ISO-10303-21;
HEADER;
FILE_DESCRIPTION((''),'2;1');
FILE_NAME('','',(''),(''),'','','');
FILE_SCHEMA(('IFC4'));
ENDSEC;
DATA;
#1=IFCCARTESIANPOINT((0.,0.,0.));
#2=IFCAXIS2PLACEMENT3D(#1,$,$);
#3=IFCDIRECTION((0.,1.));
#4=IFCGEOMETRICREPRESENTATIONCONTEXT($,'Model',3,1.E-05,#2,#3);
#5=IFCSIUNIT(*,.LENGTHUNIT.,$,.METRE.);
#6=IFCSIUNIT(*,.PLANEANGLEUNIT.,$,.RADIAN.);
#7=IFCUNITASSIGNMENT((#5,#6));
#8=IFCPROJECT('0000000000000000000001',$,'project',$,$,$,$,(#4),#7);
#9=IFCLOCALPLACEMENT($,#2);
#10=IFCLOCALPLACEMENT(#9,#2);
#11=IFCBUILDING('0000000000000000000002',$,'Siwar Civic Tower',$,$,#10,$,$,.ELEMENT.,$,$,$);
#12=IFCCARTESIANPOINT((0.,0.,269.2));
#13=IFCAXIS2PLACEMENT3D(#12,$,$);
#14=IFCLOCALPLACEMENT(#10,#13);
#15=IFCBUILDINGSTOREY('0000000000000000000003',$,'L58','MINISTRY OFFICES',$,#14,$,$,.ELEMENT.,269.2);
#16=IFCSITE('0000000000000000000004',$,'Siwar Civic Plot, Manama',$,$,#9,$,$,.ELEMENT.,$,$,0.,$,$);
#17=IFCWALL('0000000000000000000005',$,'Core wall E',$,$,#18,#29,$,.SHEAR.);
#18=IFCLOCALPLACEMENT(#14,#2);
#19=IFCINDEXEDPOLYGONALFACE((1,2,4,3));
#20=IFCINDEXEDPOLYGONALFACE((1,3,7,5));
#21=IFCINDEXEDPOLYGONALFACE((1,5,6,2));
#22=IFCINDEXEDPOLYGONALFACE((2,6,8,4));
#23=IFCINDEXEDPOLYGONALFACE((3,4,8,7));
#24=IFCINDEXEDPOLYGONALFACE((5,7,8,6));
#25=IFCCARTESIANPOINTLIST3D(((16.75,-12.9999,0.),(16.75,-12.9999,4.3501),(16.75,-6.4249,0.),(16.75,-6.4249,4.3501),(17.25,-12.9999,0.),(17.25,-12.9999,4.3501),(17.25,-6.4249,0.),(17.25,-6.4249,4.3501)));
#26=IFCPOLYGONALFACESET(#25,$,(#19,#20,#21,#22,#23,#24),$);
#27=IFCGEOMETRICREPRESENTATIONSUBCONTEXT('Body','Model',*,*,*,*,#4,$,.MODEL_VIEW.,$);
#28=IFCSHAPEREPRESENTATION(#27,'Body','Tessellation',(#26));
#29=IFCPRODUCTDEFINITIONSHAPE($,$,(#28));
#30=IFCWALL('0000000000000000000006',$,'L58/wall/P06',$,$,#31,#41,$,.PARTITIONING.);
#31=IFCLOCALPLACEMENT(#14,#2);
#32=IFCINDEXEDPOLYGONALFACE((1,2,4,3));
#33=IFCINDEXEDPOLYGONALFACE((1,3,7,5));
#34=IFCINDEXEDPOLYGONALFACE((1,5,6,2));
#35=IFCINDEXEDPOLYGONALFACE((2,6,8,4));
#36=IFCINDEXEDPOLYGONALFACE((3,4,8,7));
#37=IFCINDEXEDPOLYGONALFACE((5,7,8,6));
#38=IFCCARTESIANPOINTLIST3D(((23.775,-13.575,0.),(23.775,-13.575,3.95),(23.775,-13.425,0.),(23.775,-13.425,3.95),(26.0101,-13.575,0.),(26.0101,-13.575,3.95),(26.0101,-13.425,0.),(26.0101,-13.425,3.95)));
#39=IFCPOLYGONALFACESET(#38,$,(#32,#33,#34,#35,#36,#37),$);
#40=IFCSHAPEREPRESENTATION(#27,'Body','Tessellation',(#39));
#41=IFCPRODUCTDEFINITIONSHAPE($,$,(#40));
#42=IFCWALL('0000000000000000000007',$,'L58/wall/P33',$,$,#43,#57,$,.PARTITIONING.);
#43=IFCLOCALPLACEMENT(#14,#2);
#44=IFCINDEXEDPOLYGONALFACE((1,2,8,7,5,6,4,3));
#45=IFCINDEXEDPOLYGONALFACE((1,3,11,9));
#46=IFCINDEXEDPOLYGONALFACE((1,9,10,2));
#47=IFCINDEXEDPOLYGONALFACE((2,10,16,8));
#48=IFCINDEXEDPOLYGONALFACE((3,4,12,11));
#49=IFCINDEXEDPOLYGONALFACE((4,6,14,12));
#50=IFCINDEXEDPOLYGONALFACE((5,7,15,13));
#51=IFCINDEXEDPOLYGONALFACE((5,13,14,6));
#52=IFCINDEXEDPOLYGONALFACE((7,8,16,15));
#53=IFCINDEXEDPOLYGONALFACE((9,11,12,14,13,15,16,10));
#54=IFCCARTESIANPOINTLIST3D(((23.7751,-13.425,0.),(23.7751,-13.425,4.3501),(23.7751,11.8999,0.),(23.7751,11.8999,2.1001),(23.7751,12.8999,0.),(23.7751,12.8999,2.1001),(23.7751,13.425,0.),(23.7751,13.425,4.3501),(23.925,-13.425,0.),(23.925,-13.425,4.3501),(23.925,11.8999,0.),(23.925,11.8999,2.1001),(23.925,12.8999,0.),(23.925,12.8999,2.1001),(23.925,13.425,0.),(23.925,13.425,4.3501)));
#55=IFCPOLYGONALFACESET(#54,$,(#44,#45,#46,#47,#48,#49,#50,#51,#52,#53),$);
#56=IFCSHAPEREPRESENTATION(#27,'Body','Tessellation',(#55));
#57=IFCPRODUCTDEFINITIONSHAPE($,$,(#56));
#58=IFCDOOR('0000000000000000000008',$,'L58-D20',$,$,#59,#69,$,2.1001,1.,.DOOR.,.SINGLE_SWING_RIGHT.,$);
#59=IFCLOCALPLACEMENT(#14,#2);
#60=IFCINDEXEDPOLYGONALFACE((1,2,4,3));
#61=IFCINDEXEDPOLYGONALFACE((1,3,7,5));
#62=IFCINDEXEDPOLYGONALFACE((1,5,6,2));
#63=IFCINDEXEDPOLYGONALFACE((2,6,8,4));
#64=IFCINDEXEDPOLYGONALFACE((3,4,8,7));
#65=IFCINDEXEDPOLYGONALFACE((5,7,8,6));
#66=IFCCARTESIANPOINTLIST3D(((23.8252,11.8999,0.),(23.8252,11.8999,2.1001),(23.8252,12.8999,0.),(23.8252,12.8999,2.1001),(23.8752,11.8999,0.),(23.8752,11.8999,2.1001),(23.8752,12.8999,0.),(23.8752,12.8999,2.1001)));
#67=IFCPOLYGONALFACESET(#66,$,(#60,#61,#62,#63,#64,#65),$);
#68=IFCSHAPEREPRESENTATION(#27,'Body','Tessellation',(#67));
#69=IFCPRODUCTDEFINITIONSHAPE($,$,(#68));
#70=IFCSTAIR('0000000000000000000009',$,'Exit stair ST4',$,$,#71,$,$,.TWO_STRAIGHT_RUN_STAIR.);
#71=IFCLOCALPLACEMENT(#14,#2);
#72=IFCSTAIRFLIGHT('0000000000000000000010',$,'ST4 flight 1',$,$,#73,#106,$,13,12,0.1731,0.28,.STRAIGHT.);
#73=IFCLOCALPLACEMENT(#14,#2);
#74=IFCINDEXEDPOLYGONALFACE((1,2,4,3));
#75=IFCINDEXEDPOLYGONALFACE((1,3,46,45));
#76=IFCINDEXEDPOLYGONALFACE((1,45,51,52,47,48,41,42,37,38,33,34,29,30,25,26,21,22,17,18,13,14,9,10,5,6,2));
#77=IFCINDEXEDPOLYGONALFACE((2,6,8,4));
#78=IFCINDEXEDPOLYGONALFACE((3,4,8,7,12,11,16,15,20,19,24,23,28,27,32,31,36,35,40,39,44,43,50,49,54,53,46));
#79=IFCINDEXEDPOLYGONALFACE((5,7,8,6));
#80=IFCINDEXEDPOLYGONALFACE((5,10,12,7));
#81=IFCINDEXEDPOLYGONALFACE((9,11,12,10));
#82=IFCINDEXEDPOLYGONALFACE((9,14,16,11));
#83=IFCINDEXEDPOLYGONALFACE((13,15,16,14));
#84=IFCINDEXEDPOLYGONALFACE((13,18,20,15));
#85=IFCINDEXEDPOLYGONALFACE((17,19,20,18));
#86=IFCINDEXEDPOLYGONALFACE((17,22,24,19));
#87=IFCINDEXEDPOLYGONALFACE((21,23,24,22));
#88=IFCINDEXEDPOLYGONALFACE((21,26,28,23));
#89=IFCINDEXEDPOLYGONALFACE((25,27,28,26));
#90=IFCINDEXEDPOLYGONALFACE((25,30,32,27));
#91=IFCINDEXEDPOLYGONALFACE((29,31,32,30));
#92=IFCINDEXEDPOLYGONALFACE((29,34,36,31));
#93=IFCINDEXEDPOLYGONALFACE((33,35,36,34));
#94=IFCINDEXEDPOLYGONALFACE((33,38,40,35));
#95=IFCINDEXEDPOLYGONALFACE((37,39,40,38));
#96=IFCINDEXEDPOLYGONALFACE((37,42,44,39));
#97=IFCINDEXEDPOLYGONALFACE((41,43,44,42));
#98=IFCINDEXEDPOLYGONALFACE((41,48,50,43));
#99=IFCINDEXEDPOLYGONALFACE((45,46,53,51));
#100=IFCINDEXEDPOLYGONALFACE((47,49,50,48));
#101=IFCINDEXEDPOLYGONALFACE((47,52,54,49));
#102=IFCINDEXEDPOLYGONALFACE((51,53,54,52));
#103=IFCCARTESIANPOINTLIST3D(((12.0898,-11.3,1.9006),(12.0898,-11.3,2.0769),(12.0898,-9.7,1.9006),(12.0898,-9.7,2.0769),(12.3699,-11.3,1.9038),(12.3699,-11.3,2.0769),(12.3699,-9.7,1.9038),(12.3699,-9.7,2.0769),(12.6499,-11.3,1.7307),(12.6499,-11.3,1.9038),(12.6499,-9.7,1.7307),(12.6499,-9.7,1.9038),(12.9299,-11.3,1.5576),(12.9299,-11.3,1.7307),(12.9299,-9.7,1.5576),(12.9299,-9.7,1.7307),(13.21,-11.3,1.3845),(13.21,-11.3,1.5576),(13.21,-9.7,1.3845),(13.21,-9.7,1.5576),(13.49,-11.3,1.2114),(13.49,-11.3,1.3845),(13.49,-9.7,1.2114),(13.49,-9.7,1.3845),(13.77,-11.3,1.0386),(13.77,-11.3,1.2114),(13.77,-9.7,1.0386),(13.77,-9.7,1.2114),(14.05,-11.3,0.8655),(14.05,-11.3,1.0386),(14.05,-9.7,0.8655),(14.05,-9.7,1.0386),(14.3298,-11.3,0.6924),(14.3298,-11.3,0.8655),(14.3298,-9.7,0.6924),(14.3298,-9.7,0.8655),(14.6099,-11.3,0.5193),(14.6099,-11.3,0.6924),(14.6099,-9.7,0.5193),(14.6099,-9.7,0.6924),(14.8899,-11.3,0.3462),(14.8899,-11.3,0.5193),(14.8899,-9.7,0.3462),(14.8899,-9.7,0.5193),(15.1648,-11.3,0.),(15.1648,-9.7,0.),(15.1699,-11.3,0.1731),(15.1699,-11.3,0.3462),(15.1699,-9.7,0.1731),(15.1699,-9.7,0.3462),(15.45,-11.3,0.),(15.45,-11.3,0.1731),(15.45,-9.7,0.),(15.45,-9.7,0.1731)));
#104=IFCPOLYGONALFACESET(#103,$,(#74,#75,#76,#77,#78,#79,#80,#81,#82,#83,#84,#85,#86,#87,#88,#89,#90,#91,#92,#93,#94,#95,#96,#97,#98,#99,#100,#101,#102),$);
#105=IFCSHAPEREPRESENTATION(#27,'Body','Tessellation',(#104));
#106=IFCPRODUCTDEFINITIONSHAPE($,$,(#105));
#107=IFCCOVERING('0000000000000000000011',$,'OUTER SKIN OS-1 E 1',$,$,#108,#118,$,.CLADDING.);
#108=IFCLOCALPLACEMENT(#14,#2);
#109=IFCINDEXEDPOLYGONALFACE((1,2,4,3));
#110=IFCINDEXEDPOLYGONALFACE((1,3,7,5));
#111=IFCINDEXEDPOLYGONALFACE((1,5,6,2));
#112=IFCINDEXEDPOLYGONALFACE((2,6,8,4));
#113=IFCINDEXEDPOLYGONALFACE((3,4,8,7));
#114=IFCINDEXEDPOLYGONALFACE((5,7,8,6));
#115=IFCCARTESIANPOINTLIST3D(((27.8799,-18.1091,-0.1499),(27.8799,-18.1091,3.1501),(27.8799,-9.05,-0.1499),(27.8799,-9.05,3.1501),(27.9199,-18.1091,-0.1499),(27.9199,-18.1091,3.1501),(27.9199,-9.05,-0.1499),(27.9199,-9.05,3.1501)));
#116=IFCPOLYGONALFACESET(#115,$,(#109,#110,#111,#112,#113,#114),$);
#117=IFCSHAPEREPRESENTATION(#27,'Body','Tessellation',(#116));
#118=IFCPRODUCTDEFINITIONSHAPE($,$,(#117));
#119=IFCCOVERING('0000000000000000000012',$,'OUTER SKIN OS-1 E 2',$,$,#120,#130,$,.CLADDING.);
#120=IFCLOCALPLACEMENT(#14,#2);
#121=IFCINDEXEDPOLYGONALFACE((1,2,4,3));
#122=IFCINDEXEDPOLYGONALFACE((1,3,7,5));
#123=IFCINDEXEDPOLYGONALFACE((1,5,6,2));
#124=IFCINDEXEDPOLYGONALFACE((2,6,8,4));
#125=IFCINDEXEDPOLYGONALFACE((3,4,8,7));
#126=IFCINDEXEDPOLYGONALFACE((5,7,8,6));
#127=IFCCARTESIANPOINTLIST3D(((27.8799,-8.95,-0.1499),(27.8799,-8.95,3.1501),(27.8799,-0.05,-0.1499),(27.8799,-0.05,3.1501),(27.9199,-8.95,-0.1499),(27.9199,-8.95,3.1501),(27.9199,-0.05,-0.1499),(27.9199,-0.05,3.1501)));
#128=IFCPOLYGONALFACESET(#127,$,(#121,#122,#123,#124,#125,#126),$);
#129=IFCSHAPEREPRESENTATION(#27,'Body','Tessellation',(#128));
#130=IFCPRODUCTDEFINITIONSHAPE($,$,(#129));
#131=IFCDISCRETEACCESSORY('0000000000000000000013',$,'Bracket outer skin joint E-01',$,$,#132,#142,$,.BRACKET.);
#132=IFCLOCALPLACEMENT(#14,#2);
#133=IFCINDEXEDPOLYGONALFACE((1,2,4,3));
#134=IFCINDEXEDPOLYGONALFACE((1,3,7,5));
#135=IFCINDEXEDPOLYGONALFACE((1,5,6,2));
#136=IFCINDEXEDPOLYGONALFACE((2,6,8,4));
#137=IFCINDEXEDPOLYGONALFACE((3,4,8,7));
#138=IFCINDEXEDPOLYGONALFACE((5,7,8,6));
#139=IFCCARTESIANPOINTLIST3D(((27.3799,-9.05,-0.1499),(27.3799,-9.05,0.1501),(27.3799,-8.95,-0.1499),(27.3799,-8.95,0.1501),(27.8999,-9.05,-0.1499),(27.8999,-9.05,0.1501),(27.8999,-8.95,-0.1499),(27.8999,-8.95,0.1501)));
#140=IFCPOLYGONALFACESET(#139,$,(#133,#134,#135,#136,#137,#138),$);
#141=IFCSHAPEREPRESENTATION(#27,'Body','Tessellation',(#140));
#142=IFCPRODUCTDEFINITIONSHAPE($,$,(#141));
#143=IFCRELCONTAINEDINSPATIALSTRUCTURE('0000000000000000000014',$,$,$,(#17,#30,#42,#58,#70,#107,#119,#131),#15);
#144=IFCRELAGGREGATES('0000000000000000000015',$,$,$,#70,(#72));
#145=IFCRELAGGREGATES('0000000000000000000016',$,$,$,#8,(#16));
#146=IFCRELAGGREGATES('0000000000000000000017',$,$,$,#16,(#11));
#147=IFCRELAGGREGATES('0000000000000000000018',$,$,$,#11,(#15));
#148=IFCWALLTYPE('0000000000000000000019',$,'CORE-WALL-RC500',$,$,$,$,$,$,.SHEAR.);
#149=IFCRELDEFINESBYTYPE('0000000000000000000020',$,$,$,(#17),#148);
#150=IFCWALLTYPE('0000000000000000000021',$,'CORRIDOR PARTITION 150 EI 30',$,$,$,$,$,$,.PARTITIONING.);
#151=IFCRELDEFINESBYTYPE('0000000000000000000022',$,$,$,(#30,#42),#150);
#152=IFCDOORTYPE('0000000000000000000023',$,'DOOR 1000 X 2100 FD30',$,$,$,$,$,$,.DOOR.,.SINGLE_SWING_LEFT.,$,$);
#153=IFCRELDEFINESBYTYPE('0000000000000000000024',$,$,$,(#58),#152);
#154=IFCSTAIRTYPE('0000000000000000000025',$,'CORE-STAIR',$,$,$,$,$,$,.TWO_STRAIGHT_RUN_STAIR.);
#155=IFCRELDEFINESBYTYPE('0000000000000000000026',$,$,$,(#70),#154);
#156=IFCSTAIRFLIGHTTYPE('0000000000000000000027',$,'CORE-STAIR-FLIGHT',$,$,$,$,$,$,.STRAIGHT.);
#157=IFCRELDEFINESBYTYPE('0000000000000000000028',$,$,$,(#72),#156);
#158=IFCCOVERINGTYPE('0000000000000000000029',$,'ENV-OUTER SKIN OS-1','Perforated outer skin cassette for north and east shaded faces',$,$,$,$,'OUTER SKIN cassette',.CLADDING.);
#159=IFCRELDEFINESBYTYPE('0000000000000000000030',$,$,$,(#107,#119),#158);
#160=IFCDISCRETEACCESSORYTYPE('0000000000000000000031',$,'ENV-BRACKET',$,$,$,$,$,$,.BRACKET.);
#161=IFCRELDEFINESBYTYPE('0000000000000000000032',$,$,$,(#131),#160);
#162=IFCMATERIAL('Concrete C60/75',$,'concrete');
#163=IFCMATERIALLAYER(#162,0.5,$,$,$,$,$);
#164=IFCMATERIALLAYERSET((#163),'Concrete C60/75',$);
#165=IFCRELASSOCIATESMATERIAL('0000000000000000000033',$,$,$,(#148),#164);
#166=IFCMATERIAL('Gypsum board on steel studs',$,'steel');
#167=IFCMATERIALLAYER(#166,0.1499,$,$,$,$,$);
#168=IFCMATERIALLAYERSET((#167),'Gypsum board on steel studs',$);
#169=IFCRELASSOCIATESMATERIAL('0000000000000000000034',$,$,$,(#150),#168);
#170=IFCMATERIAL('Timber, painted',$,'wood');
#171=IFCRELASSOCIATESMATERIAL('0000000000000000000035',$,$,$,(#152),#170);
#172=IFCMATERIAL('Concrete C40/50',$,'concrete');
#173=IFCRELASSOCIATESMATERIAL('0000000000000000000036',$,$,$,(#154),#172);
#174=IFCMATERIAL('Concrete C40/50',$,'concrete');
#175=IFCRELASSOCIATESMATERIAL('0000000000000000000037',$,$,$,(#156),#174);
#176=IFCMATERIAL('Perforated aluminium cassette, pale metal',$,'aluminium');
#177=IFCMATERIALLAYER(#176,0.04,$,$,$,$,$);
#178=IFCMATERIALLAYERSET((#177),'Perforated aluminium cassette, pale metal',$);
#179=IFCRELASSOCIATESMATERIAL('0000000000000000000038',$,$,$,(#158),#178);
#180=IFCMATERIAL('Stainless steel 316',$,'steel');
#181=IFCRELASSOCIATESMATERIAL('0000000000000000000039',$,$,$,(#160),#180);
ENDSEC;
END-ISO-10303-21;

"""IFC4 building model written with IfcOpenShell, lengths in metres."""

from ifc_helpers import new_model, si_unit, direction, frame, frame_2d, origin, origin_2d, place, context, subcontext, project, spatial, polyline, rectangle, outline, extrude, material, layer, layer_set, type_object, element, fill, aggregate, save


model = new_model("IFC4")

# Units and contexts
model_context = context("Model", 3, precision=1e-05, world=origin(), true_north=direction((0.0, 1.0)))
body_context = subcontext(model_context, "Body", "Model", "MODEL_VIEW")
ifc_project = project(units=[si_unit("LENGTHUNIT", "METRE"), si_unit("PLANEANGLEUNIT", "RADIAN")], contexts=[model_context])

# Site, building, storey
site_placement = place(None, origin())
site = spatial("IfcSite", under=ifc_project, at=site_placement, Name="Siwar Civic Plot, Manama", CompositionType="ELEMENT", RefElevation=0.0)
building_placement = place(site_placement, origin())
building = spatial("IfcBuilding", under=site, at=building_placement, Name="Siwar Civic Tower", CompositionType="ELEMENT")
storey_placement = place(building_placement, frame((0.0, 0.0, 269.2)))
storey = spatial("IfcBuildingStorey", under=building, at=storey_placement, Name="L58", Description="MINISTRY OFFICES", CompositionType="ELEMENT", Elevation=269.2)

# Shared definitions
ifc_material_1 = material(Name="Concrete C60/75", Category="concrete")
ifc_layer_1 = layer(ifc_material_1, 0.5)
ifc_layer_set_1 = layer_set([ifc_layer_1], Name="Concrete C60/75")
wall_type_1 = type_object("IfcWallType", Name="CORE-WALL-RC500", PredefinedType="SHEAR", material=ifc_layer_set_1)

# Walls
wall_1_placement = place(storey_placement, frame((17.0, -13.0, 0.0), z_axis=(0.0, 0.0, 1.0), x_axis=(0.0, 1.0, 0.0)))
element("IfcWall", 1, at=wall_1_placement, inside=storey, type_object=wall_type_1, Name="Core wall E", PredefinedType="SHEAR", context=body_context, shape_type="SweptSolid", body=[
    extrude(rectangle(XDim=6.575, YDim=0.5, at=frame_2d((3.2876, 0.0))), origin(), (0.0, 0.0, 1.0), 4.3501),
])
ifc_material_2 = material(Name="Gypsum board on steel studs", Category="steel")
ifc_layer_2 = layer(ifc_material_2, 0.1499)
ifc_layer_set_2 = layer_set([ifc_layer_2], Name="Gypsum board on steel studs")
wall_type_2 = type_object("IfcWallType", Name="CORRIDOR PARTITION 150 EI 30", PredefinedType="PARTITIONING", material=ifc_layer_set_2)
wall_2_placement = place(storey_placement, frame((23.7749, -13.5, 0.0), z_axis=(0.0, 0.0, 1.0), x_axis=(1.0, 0.0, 0.0)))
element("IfcWall", 2, at=wall_2_placement, inside=storey, type_object=wall_type_2, Name="L58/wall/P06", PredefinedType="PARTITIONING", context=body_context, shape_type="SweptSolid", body=[
    extrude(rectangle(XDim=2.2351, YDim=0.1499, at=frame_2d((1.1177, 0.0))), origin(), (0.0, 0.0, 1.0), 3.95),
])

# Wall, opening, door
wall_3_placement = place(storey_placement, frame((23.8501, -13.425, 0.0), z_axis=(0.0, 0.0, 1.0), x_axis=(0.0, 1.0, 0.0)))
wall_3 = element("IfcWall", 3, at=wall_3_placement, inside=storey, type_object=wall_type_2, Name="L58/wall/P33", PredefinedType="PARTITIONING", context=body_context, shape_type="SweptSolid", body=[
    extrude(rectangle(XDim=26.8501, YDim=0.1499, at=frame_2d((13.425, 0.0))), origin(), (0.0, 0.0, 1.0), 4.3501),
])
opening_1_placement = place(wall_3_placement, frame((25.325, 0.0, 0.0)))
opening_1 = element("IfcOpeningElement", 4, at=opening_1_placement, cuts=wall_3, PredefinedType="OPENING", context=body_context, shape_type="SweptSolid", body=[
    extrude(rectangle(XDim=1.0, YDim=2.1001, at=frame_2d((0.5, 1.05))), frame((0.0, 0.085, 0.0), z_axis=(0.0, -1.0, 0.0), x_axis=(1.0, 0.0, 0.0)), (0.0, 0.0, 1.0), 0.1699),
])
ifc_material_3 = material(Name="Timber, painted", Category="wood")
door_type_1 = type_object("IfcDoorType", Name="DOOR 1000 X 2100 FD30", OperationType="SINGLE_SWING_LEFT", PredefinedType="DOOR", material=ifc_material_3)
door_1_placement = place(opening_1_placement, origin())
door_1 = element("IfcDoor", 5, at=door_1_placement, inside=storey, type_object=door_type_1, Name="L58-D20", OperationType="SINGLE_SWING_RIGHT", OverallHeight=2.1001, OverallWidth=1.0, PredefinedType="DOOR", context=body_context, shape_type="SweptSolid", body=[
    extrude(rectangle(XDim=1.0, YDim=2.1001, at=frame_2d((0.5, 1.05))), frame((0.0, 0.0249, 0.0), z_axis=(0.0, -1.0, 0.0), x_axis=(1.0, 0.0, 0.0)), (0.0, 0.0, 1.0), 0.05),
])
fill(opening_1, door_1)

# Stair, stair flight
ifc_material_4 = material(Name="Concrete C40/50", Category="concrete")
stair_type = type_object("IfcStairType", Name="CORE-STAIR", PredefinedType="TWO_STRAIGHT_RUN_STAIR", material=ifc_material_4)
stair_placement = place(storey_placement, origin())
stair = element("IfcStair", 6, at=stair_placement, inside=storey, type_object=stair_type, Name="Exit stair ST4", PredefinedType="TWO_STRAIGHT_RUN_STAIR")
ifc_material_5 = material(Name="Concrete C40/50", Category="concrete")
stair_flight_type = type_object("IfcStairFlightType", Name="CORE-STAIR-FLIGHT", PredefinedType="STRAIGHT", material=ifc_material_5)
stair_flight_placement = place(storey_placement, frame((15.45, -10.5, 0.0), z_axis=(0.0, 0.0, 1.0), x_axis=(-1.0, 0.0, 0.0)))
stair_flight = element("IfcStairFlight", 7, at=stair_flight_placement, type_object=stair_flight_type, Name="ST4 flight 1", NumberOfRisers=13, NumberOfTreads=12, PredefinedType="STRAIGHT", RiserHeight=0.1731, TreadLength=0.28, context=body_context, shape_type="SweptSolid", body=[
    extrude(outline(polyline([(0.0, 0.0), (0.0, 0.1731), (0.28, 0.1731), (0.28, 0.3462), (0.5601, 0.3462), (0.5601, 0.5193), (0.8401, 0.5193), (0.8401, 0.6924), (1.1201, 0.6924), (1.1201, 0.8655), (1.3999, 0.8655), (1.3999, 1.0386), (1.6799, 1.0386), (1.6799, 1.2114), (1.96, 1.2114), (1.96, 1.3845), (2.24, 1.3845), (2.24, 1.5576), (2.52, 1.5576), (2.52, 1.7307), (2.8, 1.7307), (2.8, 1.9038), (3.0801, 1.9038), (3.0801, 2.0769), (3.3601, 2.0769), (3.3601, 2.25), (3.3601, 1.9006), (0.2852, 0.0), (0.0, 0.0)])), frame((0.0, 0.8, 0.0), z_axis=(0.0, -1.0, 0.0), x_axis=(1.0, 0.0, 0.0)), (0.0, 0.0, 1.0), 1.6001),
])
aggregate(stair, [stair_flight])

# Coverings
ifc_material_6 = material(Name="Perforated aluminium cassette, pale metal", Category="aluminium")
ifc_layer_3 = layer(ifc_material_6, 0.04)
ifc_layer_set_3 = layer_set([ifc_layer_3], Name="Perforated aluminium cassette, pale metal")
covering_type = type_object("IfcCoveringType", Name="ENV-OUTER SKIN OS-1", Description="Perforated outer skin cassette for north and east shaded faces", ElementType="OUTER SKIN cassette", PredefinedType="CLADDING", material=ifc_layer_set_3)
covering_1_placement = place(storey_placement, frame((27.8999, -13.5796, -0.1499), z_axis=(0.0, 0.0, 1.0), x_axis=(0.0, 1.0, 0.0)))
element("IfcCovering", 8, at=covering_1_placement, inside=storey, type_object=covering_type, Name="OUTER SKIN OS-1 E 1", PredefinedType="CLADDING", context=body_context, shape_type="SweptSolid", body=[
    extrude(rectangle(XDim=9.0591, YDim=0.04, at=origin_2d()), origin(), (0.0, 0.0, 1.0), 3.3),
])
covering_2_placement = place(storey_placement, frame((27.8999, -4.5, -0.1499), z_axis=(0.0, 0.0, 1.0), x_axis=(0.0, 1.0, 0.0)))
element("IfcCovering", 9, at=covering_2_placement, inside=storey, type_object=covering_type, Name="OUTER SKIN OS-1 E 2", PredefinedType="CLADDING", context=body_context, shape_type="SweptSolid", body=[
    extrude(rectangle(XDim=8.8999, YDim=0.04, at=origin_2d()), origin(), (0.0, 0.0, 1.0), 3.3),
])

# Discrete accessory
ifc_material_7 = material(Name="Stainless steel 316", Category="steel")
discrete_accessory_type = type_object("IfcDiscreteAccessoryType", Name="ENV-BRACKET", PredefinedType="BRACKET", material=ifc_material_7)
discrete_accessory_placement = place(storey_placement, frame((27.6399, -9.0, -0.1499), z_axis=(0.0, 0.0, 1.0), x_axis=(1.0, 0.0, 0.0)))
element("IfcDiscreteAccessory", 10, at=discrete_accessory_placement, inside=storey, type_object=discrete_accessory_type, Name="Bracket outer skin joint E-01", PredefinedType="BRACKET", context=body_context, shape_type="SweptSolid", body=[
    extrude(rectangle(XDim=0.52, YDim=0.1001, at=origin_2d()), origin(), (0.0, 0.0, 1.0), 0.3),
])

save(model, "model.ifc")
